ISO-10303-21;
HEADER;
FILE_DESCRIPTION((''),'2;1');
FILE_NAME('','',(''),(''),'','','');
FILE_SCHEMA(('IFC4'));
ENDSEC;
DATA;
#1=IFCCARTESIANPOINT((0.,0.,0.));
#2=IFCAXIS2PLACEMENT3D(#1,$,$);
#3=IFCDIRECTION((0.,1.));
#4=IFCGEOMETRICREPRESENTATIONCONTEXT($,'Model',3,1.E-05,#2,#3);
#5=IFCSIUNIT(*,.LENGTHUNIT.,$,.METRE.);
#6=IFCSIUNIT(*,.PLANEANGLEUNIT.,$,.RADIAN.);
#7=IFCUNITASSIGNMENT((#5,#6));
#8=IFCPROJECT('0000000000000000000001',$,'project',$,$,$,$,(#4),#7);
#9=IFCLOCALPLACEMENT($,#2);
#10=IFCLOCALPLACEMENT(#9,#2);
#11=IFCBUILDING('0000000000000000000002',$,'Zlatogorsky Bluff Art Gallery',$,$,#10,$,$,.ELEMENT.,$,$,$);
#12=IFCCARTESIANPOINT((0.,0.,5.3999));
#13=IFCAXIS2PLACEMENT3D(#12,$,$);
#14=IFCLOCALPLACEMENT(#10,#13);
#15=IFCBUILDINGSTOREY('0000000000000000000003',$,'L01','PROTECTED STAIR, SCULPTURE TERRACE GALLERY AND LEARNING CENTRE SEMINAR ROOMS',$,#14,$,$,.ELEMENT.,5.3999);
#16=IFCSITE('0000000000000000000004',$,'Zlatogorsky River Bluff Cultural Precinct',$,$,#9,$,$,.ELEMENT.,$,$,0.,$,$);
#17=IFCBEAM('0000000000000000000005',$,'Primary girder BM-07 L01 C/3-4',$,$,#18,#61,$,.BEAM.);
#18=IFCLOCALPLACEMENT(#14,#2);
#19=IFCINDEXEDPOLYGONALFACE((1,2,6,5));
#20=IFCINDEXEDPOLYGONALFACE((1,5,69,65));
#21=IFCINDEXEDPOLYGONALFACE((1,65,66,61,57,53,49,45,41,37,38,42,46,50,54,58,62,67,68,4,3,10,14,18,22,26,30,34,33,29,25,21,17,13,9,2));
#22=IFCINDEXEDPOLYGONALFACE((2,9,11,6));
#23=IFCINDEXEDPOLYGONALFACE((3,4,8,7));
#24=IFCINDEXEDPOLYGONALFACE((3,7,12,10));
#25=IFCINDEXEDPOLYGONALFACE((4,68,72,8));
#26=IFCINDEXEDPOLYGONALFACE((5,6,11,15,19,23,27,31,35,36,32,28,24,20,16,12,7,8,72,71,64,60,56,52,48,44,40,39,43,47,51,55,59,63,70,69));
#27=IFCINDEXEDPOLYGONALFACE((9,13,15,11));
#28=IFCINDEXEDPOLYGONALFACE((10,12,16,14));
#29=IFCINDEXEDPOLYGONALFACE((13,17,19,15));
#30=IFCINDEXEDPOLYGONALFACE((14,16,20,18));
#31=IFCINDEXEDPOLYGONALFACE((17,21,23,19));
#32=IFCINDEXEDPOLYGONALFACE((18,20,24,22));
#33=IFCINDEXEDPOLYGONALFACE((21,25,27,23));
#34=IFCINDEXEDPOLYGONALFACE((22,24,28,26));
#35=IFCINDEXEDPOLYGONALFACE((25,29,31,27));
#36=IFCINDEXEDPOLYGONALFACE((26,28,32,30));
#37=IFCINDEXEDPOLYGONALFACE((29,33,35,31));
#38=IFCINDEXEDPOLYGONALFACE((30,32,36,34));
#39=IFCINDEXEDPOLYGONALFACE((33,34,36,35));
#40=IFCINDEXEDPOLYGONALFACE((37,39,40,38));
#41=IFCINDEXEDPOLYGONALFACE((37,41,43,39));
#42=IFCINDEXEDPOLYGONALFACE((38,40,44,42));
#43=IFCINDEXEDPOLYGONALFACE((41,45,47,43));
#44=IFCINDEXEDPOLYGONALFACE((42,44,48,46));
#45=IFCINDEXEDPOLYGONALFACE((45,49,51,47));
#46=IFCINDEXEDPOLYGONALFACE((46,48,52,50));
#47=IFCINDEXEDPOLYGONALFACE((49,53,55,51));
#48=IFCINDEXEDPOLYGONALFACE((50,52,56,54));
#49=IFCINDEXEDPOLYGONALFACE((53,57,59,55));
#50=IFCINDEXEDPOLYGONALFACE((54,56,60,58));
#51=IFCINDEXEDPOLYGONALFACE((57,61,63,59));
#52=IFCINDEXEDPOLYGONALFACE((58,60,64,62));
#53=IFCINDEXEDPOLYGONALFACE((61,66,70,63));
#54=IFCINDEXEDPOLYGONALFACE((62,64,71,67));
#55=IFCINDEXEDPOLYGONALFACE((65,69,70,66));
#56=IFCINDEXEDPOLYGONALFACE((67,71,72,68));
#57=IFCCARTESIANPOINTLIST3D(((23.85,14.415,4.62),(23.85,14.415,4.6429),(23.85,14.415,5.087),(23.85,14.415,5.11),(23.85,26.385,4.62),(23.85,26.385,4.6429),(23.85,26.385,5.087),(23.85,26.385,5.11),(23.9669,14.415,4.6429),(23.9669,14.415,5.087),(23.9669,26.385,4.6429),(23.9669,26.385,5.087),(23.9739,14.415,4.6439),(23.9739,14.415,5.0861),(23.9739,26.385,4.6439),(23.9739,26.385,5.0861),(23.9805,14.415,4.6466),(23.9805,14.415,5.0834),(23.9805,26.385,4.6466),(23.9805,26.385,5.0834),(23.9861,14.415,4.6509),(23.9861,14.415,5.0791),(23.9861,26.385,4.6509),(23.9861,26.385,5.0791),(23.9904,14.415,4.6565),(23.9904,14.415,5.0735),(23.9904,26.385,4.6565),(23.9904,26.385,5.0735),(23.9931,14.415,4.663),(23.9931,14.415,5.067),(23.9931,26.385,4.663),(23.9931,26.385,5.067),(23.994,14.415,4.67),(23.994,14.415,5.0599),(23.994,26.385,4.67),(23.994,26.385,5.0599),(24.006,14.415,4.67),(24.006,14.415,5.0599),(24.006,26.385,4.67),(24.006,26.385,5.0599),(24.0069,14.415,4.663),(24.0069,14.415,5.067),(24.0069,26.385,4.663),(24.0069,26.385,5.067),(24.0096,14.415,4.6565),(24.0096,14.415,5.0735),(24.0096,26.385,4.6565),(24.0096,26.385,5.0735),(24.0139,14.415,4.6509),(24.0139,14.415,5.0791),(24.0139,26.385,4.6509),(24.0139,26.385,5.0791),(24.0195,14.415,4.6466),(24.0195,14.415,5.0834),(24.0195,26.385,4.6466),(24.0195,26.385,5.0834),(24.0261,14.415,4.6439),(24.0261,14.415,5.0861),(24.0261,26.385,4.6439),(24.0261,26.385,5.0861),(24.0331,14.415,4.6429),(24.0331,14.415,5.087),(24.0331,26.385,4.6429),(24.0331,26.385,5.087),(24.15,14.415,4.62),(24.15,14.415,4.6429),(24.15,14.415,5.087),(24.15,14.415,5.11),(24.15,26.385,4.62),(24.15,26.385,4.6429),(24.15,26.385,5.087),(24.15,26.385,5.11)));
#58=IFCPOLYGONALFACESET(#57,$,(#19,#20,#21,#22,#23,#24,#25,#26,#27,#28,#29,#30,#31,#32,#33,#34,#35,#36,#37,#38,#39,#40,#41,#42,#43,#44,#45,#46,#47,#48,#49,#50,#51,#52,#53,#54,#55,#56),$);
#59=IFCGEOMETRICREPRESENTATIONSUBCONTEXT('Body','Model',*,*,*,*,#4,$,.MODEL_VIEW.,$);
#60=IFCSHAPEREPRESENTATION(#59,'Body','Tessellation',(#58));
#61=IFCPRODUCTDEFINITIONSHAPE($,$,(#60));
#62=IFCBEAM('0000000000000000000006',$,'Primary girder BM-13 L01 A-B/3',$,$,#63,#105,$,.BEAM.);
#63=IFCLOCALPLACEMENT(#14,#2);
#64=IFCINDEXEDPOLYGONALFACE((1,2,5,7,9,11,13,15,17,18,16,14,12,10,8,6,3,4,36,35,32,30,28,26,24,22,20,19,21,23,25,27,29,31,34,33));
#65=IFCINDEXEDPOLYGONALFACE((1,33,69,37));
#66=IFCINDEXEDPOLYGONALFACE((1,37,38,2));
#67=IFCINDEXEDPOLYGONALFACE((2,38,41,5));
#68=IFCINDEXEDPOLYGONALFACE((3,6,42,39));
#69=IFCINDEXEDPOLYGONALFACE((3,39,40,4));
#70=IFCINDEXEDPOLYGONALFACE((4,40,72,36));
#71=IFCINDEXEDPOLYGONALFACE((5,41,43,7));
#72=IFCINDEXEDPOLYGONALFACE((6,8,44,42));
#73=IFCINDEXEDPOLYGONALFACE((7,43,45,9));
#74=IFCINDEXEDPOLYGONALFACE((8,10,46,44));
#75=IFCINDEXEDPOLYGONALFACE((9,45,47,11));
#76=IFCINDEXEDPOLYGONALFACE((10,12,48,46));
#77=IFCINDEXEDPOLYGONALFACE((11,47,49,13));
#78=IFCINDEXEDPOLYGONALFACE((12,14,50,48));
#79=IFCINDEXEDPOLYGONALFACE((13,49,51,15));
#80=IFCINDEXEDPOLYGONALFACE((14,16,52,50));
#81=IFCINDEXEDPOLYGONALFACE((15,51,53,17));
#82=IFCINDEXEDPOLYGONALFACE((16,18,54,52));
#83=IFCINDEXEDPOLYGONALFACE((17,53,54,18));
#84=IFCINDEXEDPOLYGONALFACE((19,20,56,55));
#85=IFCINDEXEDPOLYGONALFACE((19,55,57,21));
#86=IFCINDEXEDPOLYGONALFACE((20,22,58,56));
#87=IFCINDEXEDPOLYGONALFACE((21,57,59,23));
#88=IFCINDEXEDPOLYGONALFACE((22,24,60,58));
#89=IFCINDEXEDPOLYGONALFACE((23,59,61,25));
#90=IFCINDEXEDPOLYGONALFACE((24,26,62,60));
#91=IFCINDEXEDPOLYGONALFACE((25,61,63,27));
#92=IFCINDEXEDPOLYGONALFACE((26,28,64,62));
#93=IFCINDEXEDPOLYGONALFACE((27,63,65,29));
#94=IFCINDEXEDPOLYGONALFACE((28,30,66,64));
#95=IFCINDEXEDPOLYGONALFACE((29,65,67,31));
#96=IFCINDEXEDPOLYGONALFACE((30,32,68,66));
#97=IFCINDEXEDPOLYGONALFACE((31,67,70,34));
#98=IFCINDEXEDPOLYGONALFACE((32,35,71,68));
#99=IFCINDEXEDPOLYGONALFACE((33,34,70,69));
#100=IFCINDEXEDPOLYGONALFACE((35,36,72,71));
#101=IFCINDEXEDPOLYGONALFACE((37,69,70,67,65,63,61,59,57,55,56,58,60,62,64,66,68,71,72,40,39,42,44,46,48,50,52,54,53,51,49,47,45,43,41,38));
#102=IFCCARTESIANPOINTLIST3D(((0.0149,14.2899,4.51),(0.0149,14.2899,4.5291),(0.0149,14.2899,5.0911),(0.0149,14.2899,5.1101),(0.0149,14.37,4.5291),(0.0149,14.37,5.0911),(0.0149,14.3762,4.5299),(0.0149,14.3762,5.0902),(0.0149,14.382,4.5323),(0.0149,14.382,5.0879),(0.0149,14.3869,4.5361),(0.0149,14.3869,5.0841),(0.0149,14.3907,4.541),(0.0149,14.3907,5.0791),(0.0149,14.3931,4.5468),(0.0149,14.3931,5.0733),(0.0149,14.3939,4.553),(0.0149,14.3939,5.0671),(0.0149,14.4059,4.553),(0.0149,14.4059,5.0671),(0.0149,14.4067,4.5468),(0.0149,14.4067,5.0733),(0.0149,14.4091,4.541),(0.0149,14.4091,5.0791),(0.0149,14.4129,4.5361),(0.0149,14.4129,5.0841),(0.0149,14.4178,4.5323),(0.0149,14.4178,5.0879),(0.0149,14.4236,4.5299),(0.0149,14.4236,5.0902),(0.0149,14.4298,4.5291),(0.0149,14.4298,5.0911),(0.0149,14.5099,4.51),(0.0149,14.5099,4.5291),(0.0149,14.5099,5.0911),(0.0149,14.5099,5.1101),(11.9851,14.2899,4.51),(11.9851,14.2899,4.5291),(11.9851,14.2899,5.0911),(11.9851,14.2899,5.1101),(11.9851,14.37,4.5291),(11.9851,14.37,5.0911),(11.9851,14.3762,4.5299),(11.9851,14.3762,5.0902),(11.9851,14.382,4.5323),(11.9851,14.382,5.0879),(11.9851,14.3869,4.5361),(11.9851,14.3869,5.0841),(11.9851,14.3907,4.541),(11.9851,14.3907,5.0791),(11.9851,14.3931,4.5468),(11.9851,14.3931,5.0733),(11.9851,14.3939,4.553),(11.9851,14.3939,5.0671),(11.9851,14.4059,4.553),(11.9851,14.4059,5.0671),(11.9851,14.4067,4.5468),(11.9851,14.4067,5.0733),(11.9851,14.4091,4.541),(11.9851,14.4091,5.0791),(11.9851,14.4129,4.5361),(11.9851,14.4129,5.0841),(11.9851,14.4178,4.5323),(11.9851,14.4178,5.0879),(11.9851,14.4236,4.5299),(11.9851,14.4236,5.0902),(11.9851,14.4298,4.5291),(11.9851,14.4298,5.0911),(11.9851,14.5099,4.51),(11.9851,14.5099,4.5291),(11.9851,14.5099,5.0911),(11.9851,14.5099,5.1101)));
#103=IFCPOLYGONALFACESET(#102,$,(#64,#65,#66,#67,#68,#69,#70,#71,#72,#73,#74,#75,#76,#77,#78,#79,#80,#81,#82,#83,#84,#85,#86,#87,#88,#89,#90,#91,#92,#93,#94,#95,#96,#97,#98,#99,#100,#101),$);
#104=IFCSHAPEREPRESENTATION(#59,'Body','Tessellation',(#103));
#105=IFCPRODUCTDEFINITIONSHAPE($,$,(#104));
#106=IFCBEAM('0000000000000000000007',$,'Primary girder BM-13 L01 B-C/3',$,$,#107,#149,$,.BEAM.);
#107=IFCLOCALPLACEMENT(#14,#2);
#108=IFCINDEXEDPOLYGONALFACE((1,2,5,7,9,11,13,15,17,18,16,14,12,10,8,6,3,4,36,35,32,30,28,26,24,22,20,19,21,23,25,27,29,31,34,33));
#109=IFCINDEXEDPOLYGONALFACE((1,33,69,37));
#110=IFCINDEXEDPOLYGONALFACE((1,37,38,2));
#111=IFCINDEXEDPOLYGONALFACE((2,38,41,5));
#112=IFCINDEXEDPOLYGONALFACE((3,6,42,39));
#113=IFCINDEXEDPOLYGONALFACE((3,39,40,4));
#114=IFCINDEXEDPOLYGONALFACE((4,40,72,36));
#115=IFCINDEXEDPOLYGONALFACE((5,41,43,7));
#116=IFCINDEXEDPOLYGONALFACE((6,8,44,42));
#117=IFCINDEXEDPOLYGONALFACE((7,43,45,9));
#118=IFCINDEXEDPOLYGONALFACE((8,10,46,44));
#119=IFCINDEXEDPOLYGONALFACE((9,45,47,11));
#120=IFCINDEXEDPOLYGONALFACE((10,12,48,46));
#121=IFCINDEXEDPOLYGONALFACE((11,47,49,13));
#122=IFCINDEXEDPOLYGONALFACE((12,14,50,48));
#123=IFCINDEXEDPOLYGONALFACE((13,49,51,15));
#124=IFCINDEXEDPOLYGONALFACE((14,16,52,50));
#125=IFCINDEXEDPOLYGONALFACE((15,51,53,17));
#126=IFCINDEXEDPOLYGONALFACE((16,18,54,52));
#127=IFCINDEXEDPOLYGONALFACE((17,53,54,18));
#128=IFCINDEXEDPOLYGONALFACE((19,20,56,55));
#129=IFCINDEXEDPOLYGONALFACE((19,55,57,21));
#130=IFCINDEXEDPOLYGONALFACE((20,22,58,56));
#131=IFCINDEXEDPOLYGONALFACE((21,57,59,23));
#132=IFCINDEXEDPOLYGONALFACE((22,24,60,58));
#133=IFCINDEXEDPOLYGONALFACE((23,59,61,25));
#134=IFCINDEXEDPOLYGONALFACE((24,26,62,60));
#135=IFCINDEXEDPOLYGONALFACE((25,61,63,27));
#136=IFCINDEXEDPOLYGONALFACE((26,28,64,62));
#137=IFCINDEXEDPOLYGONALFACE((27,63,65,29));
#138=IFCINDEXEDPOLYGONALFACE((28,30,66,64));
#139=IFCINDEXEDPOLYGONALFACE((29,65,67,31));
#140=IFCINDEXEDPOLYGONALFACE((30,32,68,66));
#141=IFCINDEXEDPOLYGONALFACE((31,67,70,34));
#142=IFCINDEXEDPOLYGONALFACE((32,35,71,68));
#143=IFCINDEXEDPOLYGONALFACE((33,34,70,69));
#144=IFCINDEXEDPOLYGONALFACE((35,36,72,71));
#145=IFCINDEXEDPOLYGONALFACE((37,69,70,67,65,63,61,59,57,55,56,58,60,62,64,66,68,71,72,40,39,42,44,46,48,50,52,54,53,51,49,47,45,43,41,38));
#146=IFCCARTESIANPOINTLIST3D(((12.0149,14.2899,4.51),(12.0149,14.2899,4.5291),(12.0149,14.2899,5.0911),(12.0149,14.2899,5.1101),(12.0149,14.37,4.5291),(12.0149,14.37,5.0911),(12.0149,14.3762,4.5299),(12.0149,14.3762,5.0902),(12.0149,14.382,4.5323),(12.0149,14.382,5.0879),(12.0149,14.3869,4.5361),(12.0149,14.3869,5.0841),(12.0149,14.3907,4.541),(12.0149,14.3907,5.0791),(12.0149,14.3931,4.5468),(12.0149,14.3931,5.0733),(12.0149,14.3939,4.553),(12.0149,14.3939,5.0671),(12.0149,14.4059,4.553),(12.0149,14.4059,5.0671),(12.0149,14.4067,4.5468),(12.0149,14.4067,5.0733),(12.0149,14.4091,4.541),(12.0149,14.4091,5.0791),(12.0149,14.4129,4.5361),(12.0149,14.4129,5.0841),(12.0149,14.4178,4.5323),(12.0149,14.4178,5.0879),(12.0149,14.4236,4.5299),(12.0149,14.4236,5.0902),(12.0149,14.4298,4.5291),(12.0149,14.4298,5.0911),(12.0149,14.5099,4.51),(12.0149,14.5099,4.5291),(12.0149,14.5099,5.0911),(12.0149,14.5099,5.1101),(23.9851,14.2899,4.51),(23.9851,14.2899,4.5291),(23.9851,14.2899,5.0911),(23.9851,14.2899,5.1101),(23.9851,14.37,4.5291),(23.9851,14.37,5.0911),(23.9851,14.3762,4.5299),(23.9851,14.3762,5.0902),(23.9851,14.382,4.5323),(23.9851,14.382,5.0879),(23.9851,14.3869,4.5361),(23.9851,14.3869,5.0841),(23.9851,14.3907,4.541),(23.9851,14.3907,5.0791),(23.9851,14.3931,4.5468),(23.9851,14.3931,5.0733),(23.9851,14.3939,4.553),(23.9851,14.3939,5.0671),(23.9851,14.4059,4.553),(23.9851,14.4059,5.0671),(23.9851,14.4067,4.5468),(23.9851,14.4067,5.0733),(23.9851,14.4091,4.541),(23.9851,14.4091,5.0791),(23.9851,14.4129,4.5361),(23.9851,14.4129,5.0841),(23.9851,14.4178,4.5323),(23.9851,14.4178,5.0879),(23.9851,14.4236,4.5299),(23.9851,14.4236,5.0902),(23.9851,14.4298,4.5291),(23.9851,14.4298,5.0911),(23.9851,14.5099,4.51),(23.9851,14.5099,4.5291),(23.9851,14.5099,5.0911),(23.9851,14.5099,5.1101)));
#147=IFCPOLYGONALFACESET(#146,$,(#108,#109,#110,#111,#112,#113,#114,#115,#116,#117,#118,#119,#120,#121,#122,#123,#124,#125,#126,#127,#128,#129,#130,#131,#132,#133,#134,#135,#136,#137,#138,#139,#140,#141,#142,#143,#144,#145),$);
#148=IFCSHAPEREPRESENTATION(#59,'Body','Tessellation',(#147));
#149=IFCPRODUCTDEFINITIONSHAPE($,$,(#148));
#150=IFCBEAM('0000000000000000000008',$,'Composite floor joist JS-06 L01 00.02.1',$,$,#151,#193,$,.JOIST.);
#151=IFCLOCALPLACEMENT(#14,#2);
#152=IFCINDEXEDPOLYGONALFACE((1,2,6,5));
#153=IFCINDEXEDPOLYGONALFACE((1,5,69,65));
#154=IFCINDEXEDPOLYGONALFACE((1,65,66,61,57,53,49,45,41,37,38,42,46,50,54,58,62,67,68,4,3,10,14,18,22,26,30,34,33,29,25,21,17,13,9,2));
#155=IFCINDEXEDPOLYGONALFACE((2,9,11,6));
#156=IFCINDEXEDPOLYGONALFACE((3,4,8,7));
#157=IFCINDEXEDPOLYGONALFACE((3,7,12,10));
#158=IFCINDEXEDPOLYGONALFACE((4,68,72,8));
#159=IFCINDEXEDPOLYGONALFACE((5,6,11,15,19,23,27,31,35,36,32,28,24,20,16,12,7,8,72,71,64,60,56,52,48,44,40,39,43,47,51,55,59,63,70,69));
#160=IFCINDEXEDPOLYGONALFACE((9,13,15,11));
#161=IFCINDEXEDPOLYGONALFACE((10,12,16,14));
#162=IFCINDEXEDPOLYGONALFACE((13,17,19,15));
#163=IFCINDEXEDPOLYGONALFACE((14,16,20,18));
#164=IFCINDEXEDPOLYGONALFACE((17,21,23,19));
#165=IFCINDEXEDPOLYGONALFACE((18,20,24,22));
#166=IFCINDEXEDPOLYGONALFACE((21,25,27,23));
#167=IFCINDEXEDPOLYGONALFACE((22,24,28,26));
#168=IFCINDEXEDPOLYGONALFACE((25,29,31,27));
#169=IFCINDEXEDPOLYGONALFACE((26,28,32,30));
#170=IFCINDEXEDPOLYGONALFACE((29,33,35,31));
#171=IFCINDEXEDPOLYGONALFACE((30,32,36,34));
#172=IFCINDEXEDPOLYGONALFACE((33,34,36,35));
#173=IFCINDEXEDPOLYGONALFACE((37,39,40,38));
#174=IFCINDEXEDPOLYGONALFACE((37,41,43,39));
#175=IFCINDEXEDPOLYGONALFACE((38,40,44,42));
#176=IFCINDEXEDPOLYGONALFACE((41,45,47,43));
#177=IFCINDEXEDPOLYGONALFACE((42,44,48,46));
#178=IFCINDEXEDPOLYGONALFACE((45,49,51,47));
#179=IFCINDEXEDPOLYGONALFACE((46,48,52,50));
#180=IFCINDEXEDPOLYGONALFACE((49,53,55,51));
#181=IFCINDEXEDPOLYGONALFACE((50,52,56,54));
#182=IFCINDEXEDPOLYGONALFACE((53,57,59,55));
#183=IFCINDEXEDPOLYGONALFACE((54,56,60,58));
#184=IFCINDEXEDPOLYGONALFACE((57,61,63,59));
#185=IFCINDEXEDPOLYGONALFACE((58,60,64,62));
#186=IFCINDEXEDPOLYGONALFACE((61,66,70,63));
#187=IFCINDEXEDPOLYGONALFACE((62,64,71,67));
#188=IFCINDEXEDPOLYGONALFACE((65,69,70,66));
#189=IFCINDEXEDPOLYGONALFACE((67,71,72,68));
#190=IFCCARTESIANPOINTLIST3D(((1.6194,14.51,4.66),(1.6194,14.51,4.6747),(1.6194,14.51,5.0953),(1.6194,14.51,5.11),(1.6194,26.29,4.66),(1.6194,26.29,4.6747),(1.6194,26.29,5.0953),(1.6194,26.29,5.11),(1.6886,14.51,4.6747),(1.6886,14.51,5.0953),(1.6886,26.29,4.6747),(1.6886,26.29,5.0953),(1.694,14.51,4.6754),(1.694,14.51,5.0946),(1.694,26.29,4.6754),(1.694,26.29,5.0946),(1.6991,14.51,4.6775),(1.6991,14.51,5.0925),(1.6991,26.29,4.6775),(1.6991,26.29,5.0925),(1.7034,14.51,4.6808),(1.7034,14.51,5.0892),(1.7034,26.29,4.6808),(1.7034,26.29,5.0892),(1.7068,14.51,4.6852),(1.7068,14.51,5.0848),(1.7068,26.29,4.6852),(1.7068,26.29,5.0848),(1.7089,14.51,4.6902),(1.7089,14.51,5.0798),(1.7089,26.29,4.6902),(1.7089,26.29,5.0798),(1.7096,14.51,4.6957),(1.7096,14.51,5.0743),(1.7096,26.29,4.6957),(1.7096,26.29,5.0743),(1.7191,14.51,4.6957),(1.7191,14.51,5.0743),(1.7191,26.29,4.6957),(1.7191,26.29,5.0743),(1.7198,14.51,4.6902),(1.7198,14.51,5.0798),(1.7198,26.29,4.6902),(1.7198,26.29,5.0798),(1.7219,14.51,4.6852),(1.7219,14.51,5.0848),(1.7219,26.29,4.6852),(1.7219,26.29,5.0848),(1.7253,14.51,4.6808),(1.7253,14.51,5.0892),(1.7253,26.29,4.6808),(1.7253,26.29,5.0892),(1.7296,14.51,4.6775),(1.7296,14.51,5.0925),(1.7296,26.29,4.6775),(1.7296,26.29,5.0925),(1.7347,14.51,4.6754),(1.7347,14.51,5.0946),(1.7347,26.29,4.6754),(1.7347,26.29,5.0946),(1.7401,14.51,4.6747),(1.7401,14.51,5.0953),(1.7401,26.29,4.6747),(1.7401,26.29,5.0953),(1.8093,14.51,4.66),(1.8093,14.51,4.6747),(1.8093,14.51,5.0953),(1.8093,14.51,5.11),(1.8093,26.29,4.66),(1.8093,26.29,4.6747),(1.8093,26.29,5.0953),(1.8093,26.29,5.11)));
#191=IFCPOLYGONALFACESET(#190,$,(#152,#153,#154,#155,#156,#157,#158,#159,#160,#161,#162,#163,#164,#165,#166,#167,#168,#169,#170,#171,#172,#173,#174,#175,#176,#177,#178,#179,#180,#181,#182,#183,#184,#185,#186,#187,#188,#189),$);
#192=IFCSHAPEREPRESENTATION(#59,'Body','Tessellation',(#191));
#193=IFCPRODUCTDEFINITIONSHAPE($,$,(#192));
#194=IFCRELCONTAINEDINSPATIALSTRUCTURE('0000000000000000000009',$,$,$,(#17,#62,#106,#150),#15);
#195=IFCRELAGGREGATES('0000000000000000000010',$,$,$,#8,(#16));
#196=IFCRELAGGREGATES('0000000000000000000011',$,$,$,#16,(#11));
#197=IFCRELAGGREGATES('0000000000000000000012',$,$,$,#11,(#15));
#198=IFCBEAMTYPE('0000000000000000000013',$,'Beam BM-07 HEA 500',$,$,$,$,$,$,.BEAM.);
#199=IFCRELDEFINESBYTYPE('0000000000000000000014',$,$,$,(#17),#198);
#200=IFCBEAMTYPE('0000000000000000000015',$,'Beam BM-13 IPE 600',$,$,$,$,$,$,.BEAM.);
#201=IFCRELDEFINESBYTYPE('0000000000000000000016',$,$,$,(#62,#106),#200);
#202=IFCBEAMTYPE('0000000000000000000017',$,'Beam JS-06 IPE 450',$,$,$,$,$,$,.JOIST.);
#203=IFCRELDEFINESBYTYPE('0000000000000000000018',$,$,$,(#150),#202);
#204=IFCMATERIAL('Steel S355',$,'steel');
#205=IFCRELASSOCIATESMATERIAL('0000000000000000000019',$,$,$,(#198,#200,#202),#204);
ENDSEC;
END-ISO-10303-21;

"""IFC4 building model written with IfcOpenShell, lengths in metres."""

from ifc_helpers import new_model, si_unit, direction, frame, origin, origin_2d, place, context, subcontext, project, spatial, i_section, extrude, material, material_profile, profile_set, type_object, element, save


model = new_model("IFC4")

# Units and contexts
model_context = context("Model", 3, precision=1e-05, world=origin(), true_north=direction((0.0, 1.0)))
body_context = subcontext(model_context, "Body", "Model", "MODEL_VIEW")
ifc_project = project(units=[si_unit("LENGTHUNIT", "METRE"), si_unit("PLANEANGLEUNIT", "RADIAN")], contexts=[model_context])

# Site, building, storey
site_placement = place(None, origin())
site = spatial("IfcSite", under=ifc_project, at=site_placement, Name="Zlatogorsky River Bluff Cultural Precinct", CompositionType="ELEMENT", RefElevation=0.0)
building_placement = place(site_placement, origin())
building = spatial("IfcBuilding", under=site, at=building_placement, Name="Zlatogorsky Bluff Art Gallery", CompositionType="ELEMENT")
storey_placement = place(building_placement, frame((0.0, 0.0, 5.3999)))
storey = spatial("IfcBuildingStorey", under=building, at=storey_placement, Name="L01", Description="PROTECTED STAIR, SCULPTURE TERRACE GALLERY AND LEARNING CENTRE SEMINAR ROOMS", CompositionType="ELEMENT", Elevation=5.3999)

# Shared definitions
ifc_material_1 = material(Name="Steel S355", Category="steel")

# Beams
ifc_material_profile_1 = material_profile(ifc_material_1, i_section(OverallWidth=0.3, OverallDepth=0.49, WebThickness=0.012, FlangeThickness=0.0229, FilletRadius=0.0271, at=origin_2d()), Name="HEA 500")
ifc_profile_set_1 = profile_set([ifc_material_profile_1], Name="Steel S355")
beam_type_1 = type_object("IfcBeamType", Name="Beam BM-07 HEA 500", PredefinedType="BEAM", material=ifc_profile_set_1)
for number, where, z_axis, x_axis, name in (
    (1, (24.0, 14.415, 4.865), (0.0, 1.0, 0.0), (-1.0, 0.0, 0.0), "Primary girder BM-07 L01 C/3-4"),
):
    element("IfcBeam", number, at=place(storey_placement, frame(where, z_axis=z_axis, x_axis=x_axis)), inside=storey, type_object=beam_type_1, Name=name, PredefinedType="BEAM", context=body_context, shape_type="SweptSolid", body=[
        extrude(i_section(OverallWidth=0.3, OverallDepth=0.49, WebThickness=0.012, FlangeThickness=0.0229, FilletRadius=0.0271, at=origin_2d()), origin(), (0.0, 0.0, 1.0), 11.97),
    ])
ifc_material_profile_2 = material_profile(ifc_material_1, i_section(OverallWidth=0.22, OverallDepth=0.6001, WebThickness=0.012, FlangeThickness=0.019, FilletRadius=0.0239, at=origin_2d()), Name="IPE 600")
ifc_profile_set_2 = profile_set([ifc_material_profile_2], Name="Steel S355")
beam_type_2 = type_object("IfcBeamType", Name="Beam BM-13 IPE 600", PredefinedType="BEAM", material=ifc_profile_set_2)
for number, where, z_axis, x_axis, name in (
    (2, (0.0149, 14.3999, 4.8101), (1.0, 0.0, 0.0), (0.0, 1.0, 0.0), "Primary girder BM-13 L01 A-B/3"),
    (3, (12.0149, 14.3999, 4.8101), (1.0, 0.0, 0.0), (0.0, 1.0, 0.0), "Primary girder BM-13 L01 B-C/3"),
):
    element("IfcBeam", number, at=place(storey_placement, frame(where, z_axis=z_axis, x_axis=x_axis)), inside=storey, type_object=beam_type_2, Name=name, PredefinedType="BEAM", context=body_context, shape_type="SweptSolid", body=[
        extrude(i_section(OverallWidth=0.22, OverallDepth=0.6001, WebThickness=0.012, FlangeThickness=0.019, FilletRadius=0.0239, at=origin_2d()), origin(), (0.0, 0.0, 1.0), 11.9702),
    ])
ifc_material_profile_3 = material_profile(ifc_material_1, i_section(OverallWidth=0.1899, OverallDepth=0.45, WebThickness=0.0095, FlangeThickness=0.0146, FilletRadius=0.021, at=origin_2d()), Name="IPE 450")
ifc_profile_set_3 = profile_set([ifc_material_profile_3], Name="Steel S355")
beam_type_3 = type_object("IfcBeamType", Name="Beam JS-06 IPE 450", PredefinedType="JOIST", material=ifc_profile_set_3)
beam_1_placement = place(storey_placement, frame((1.7144, 14.51, 4.885), z_axis=(0.0, 1.0, 0.0), x_axis=(-1.0, 0.0, 0.0)))
element("IfcBeam", 4, at=beam_1_placement, inside=storey, type_object=beam_type_3, Name="Composite floor joist JS-06 L01 00.02.1", PredefinedType="JOIST", context=body_context, shape_type="SweptSolid", body=[
    extrude(i_section(OverallWidth=0.1899, OverallDepth=0.45, WebThickness=0.0095, FlangeThickness=0.0146, FilletRadius=0.021, at=origin_2d()), origin(), (0.0, 0.0, 1.0), 11.78),
])

save(model, "model.ifc")
